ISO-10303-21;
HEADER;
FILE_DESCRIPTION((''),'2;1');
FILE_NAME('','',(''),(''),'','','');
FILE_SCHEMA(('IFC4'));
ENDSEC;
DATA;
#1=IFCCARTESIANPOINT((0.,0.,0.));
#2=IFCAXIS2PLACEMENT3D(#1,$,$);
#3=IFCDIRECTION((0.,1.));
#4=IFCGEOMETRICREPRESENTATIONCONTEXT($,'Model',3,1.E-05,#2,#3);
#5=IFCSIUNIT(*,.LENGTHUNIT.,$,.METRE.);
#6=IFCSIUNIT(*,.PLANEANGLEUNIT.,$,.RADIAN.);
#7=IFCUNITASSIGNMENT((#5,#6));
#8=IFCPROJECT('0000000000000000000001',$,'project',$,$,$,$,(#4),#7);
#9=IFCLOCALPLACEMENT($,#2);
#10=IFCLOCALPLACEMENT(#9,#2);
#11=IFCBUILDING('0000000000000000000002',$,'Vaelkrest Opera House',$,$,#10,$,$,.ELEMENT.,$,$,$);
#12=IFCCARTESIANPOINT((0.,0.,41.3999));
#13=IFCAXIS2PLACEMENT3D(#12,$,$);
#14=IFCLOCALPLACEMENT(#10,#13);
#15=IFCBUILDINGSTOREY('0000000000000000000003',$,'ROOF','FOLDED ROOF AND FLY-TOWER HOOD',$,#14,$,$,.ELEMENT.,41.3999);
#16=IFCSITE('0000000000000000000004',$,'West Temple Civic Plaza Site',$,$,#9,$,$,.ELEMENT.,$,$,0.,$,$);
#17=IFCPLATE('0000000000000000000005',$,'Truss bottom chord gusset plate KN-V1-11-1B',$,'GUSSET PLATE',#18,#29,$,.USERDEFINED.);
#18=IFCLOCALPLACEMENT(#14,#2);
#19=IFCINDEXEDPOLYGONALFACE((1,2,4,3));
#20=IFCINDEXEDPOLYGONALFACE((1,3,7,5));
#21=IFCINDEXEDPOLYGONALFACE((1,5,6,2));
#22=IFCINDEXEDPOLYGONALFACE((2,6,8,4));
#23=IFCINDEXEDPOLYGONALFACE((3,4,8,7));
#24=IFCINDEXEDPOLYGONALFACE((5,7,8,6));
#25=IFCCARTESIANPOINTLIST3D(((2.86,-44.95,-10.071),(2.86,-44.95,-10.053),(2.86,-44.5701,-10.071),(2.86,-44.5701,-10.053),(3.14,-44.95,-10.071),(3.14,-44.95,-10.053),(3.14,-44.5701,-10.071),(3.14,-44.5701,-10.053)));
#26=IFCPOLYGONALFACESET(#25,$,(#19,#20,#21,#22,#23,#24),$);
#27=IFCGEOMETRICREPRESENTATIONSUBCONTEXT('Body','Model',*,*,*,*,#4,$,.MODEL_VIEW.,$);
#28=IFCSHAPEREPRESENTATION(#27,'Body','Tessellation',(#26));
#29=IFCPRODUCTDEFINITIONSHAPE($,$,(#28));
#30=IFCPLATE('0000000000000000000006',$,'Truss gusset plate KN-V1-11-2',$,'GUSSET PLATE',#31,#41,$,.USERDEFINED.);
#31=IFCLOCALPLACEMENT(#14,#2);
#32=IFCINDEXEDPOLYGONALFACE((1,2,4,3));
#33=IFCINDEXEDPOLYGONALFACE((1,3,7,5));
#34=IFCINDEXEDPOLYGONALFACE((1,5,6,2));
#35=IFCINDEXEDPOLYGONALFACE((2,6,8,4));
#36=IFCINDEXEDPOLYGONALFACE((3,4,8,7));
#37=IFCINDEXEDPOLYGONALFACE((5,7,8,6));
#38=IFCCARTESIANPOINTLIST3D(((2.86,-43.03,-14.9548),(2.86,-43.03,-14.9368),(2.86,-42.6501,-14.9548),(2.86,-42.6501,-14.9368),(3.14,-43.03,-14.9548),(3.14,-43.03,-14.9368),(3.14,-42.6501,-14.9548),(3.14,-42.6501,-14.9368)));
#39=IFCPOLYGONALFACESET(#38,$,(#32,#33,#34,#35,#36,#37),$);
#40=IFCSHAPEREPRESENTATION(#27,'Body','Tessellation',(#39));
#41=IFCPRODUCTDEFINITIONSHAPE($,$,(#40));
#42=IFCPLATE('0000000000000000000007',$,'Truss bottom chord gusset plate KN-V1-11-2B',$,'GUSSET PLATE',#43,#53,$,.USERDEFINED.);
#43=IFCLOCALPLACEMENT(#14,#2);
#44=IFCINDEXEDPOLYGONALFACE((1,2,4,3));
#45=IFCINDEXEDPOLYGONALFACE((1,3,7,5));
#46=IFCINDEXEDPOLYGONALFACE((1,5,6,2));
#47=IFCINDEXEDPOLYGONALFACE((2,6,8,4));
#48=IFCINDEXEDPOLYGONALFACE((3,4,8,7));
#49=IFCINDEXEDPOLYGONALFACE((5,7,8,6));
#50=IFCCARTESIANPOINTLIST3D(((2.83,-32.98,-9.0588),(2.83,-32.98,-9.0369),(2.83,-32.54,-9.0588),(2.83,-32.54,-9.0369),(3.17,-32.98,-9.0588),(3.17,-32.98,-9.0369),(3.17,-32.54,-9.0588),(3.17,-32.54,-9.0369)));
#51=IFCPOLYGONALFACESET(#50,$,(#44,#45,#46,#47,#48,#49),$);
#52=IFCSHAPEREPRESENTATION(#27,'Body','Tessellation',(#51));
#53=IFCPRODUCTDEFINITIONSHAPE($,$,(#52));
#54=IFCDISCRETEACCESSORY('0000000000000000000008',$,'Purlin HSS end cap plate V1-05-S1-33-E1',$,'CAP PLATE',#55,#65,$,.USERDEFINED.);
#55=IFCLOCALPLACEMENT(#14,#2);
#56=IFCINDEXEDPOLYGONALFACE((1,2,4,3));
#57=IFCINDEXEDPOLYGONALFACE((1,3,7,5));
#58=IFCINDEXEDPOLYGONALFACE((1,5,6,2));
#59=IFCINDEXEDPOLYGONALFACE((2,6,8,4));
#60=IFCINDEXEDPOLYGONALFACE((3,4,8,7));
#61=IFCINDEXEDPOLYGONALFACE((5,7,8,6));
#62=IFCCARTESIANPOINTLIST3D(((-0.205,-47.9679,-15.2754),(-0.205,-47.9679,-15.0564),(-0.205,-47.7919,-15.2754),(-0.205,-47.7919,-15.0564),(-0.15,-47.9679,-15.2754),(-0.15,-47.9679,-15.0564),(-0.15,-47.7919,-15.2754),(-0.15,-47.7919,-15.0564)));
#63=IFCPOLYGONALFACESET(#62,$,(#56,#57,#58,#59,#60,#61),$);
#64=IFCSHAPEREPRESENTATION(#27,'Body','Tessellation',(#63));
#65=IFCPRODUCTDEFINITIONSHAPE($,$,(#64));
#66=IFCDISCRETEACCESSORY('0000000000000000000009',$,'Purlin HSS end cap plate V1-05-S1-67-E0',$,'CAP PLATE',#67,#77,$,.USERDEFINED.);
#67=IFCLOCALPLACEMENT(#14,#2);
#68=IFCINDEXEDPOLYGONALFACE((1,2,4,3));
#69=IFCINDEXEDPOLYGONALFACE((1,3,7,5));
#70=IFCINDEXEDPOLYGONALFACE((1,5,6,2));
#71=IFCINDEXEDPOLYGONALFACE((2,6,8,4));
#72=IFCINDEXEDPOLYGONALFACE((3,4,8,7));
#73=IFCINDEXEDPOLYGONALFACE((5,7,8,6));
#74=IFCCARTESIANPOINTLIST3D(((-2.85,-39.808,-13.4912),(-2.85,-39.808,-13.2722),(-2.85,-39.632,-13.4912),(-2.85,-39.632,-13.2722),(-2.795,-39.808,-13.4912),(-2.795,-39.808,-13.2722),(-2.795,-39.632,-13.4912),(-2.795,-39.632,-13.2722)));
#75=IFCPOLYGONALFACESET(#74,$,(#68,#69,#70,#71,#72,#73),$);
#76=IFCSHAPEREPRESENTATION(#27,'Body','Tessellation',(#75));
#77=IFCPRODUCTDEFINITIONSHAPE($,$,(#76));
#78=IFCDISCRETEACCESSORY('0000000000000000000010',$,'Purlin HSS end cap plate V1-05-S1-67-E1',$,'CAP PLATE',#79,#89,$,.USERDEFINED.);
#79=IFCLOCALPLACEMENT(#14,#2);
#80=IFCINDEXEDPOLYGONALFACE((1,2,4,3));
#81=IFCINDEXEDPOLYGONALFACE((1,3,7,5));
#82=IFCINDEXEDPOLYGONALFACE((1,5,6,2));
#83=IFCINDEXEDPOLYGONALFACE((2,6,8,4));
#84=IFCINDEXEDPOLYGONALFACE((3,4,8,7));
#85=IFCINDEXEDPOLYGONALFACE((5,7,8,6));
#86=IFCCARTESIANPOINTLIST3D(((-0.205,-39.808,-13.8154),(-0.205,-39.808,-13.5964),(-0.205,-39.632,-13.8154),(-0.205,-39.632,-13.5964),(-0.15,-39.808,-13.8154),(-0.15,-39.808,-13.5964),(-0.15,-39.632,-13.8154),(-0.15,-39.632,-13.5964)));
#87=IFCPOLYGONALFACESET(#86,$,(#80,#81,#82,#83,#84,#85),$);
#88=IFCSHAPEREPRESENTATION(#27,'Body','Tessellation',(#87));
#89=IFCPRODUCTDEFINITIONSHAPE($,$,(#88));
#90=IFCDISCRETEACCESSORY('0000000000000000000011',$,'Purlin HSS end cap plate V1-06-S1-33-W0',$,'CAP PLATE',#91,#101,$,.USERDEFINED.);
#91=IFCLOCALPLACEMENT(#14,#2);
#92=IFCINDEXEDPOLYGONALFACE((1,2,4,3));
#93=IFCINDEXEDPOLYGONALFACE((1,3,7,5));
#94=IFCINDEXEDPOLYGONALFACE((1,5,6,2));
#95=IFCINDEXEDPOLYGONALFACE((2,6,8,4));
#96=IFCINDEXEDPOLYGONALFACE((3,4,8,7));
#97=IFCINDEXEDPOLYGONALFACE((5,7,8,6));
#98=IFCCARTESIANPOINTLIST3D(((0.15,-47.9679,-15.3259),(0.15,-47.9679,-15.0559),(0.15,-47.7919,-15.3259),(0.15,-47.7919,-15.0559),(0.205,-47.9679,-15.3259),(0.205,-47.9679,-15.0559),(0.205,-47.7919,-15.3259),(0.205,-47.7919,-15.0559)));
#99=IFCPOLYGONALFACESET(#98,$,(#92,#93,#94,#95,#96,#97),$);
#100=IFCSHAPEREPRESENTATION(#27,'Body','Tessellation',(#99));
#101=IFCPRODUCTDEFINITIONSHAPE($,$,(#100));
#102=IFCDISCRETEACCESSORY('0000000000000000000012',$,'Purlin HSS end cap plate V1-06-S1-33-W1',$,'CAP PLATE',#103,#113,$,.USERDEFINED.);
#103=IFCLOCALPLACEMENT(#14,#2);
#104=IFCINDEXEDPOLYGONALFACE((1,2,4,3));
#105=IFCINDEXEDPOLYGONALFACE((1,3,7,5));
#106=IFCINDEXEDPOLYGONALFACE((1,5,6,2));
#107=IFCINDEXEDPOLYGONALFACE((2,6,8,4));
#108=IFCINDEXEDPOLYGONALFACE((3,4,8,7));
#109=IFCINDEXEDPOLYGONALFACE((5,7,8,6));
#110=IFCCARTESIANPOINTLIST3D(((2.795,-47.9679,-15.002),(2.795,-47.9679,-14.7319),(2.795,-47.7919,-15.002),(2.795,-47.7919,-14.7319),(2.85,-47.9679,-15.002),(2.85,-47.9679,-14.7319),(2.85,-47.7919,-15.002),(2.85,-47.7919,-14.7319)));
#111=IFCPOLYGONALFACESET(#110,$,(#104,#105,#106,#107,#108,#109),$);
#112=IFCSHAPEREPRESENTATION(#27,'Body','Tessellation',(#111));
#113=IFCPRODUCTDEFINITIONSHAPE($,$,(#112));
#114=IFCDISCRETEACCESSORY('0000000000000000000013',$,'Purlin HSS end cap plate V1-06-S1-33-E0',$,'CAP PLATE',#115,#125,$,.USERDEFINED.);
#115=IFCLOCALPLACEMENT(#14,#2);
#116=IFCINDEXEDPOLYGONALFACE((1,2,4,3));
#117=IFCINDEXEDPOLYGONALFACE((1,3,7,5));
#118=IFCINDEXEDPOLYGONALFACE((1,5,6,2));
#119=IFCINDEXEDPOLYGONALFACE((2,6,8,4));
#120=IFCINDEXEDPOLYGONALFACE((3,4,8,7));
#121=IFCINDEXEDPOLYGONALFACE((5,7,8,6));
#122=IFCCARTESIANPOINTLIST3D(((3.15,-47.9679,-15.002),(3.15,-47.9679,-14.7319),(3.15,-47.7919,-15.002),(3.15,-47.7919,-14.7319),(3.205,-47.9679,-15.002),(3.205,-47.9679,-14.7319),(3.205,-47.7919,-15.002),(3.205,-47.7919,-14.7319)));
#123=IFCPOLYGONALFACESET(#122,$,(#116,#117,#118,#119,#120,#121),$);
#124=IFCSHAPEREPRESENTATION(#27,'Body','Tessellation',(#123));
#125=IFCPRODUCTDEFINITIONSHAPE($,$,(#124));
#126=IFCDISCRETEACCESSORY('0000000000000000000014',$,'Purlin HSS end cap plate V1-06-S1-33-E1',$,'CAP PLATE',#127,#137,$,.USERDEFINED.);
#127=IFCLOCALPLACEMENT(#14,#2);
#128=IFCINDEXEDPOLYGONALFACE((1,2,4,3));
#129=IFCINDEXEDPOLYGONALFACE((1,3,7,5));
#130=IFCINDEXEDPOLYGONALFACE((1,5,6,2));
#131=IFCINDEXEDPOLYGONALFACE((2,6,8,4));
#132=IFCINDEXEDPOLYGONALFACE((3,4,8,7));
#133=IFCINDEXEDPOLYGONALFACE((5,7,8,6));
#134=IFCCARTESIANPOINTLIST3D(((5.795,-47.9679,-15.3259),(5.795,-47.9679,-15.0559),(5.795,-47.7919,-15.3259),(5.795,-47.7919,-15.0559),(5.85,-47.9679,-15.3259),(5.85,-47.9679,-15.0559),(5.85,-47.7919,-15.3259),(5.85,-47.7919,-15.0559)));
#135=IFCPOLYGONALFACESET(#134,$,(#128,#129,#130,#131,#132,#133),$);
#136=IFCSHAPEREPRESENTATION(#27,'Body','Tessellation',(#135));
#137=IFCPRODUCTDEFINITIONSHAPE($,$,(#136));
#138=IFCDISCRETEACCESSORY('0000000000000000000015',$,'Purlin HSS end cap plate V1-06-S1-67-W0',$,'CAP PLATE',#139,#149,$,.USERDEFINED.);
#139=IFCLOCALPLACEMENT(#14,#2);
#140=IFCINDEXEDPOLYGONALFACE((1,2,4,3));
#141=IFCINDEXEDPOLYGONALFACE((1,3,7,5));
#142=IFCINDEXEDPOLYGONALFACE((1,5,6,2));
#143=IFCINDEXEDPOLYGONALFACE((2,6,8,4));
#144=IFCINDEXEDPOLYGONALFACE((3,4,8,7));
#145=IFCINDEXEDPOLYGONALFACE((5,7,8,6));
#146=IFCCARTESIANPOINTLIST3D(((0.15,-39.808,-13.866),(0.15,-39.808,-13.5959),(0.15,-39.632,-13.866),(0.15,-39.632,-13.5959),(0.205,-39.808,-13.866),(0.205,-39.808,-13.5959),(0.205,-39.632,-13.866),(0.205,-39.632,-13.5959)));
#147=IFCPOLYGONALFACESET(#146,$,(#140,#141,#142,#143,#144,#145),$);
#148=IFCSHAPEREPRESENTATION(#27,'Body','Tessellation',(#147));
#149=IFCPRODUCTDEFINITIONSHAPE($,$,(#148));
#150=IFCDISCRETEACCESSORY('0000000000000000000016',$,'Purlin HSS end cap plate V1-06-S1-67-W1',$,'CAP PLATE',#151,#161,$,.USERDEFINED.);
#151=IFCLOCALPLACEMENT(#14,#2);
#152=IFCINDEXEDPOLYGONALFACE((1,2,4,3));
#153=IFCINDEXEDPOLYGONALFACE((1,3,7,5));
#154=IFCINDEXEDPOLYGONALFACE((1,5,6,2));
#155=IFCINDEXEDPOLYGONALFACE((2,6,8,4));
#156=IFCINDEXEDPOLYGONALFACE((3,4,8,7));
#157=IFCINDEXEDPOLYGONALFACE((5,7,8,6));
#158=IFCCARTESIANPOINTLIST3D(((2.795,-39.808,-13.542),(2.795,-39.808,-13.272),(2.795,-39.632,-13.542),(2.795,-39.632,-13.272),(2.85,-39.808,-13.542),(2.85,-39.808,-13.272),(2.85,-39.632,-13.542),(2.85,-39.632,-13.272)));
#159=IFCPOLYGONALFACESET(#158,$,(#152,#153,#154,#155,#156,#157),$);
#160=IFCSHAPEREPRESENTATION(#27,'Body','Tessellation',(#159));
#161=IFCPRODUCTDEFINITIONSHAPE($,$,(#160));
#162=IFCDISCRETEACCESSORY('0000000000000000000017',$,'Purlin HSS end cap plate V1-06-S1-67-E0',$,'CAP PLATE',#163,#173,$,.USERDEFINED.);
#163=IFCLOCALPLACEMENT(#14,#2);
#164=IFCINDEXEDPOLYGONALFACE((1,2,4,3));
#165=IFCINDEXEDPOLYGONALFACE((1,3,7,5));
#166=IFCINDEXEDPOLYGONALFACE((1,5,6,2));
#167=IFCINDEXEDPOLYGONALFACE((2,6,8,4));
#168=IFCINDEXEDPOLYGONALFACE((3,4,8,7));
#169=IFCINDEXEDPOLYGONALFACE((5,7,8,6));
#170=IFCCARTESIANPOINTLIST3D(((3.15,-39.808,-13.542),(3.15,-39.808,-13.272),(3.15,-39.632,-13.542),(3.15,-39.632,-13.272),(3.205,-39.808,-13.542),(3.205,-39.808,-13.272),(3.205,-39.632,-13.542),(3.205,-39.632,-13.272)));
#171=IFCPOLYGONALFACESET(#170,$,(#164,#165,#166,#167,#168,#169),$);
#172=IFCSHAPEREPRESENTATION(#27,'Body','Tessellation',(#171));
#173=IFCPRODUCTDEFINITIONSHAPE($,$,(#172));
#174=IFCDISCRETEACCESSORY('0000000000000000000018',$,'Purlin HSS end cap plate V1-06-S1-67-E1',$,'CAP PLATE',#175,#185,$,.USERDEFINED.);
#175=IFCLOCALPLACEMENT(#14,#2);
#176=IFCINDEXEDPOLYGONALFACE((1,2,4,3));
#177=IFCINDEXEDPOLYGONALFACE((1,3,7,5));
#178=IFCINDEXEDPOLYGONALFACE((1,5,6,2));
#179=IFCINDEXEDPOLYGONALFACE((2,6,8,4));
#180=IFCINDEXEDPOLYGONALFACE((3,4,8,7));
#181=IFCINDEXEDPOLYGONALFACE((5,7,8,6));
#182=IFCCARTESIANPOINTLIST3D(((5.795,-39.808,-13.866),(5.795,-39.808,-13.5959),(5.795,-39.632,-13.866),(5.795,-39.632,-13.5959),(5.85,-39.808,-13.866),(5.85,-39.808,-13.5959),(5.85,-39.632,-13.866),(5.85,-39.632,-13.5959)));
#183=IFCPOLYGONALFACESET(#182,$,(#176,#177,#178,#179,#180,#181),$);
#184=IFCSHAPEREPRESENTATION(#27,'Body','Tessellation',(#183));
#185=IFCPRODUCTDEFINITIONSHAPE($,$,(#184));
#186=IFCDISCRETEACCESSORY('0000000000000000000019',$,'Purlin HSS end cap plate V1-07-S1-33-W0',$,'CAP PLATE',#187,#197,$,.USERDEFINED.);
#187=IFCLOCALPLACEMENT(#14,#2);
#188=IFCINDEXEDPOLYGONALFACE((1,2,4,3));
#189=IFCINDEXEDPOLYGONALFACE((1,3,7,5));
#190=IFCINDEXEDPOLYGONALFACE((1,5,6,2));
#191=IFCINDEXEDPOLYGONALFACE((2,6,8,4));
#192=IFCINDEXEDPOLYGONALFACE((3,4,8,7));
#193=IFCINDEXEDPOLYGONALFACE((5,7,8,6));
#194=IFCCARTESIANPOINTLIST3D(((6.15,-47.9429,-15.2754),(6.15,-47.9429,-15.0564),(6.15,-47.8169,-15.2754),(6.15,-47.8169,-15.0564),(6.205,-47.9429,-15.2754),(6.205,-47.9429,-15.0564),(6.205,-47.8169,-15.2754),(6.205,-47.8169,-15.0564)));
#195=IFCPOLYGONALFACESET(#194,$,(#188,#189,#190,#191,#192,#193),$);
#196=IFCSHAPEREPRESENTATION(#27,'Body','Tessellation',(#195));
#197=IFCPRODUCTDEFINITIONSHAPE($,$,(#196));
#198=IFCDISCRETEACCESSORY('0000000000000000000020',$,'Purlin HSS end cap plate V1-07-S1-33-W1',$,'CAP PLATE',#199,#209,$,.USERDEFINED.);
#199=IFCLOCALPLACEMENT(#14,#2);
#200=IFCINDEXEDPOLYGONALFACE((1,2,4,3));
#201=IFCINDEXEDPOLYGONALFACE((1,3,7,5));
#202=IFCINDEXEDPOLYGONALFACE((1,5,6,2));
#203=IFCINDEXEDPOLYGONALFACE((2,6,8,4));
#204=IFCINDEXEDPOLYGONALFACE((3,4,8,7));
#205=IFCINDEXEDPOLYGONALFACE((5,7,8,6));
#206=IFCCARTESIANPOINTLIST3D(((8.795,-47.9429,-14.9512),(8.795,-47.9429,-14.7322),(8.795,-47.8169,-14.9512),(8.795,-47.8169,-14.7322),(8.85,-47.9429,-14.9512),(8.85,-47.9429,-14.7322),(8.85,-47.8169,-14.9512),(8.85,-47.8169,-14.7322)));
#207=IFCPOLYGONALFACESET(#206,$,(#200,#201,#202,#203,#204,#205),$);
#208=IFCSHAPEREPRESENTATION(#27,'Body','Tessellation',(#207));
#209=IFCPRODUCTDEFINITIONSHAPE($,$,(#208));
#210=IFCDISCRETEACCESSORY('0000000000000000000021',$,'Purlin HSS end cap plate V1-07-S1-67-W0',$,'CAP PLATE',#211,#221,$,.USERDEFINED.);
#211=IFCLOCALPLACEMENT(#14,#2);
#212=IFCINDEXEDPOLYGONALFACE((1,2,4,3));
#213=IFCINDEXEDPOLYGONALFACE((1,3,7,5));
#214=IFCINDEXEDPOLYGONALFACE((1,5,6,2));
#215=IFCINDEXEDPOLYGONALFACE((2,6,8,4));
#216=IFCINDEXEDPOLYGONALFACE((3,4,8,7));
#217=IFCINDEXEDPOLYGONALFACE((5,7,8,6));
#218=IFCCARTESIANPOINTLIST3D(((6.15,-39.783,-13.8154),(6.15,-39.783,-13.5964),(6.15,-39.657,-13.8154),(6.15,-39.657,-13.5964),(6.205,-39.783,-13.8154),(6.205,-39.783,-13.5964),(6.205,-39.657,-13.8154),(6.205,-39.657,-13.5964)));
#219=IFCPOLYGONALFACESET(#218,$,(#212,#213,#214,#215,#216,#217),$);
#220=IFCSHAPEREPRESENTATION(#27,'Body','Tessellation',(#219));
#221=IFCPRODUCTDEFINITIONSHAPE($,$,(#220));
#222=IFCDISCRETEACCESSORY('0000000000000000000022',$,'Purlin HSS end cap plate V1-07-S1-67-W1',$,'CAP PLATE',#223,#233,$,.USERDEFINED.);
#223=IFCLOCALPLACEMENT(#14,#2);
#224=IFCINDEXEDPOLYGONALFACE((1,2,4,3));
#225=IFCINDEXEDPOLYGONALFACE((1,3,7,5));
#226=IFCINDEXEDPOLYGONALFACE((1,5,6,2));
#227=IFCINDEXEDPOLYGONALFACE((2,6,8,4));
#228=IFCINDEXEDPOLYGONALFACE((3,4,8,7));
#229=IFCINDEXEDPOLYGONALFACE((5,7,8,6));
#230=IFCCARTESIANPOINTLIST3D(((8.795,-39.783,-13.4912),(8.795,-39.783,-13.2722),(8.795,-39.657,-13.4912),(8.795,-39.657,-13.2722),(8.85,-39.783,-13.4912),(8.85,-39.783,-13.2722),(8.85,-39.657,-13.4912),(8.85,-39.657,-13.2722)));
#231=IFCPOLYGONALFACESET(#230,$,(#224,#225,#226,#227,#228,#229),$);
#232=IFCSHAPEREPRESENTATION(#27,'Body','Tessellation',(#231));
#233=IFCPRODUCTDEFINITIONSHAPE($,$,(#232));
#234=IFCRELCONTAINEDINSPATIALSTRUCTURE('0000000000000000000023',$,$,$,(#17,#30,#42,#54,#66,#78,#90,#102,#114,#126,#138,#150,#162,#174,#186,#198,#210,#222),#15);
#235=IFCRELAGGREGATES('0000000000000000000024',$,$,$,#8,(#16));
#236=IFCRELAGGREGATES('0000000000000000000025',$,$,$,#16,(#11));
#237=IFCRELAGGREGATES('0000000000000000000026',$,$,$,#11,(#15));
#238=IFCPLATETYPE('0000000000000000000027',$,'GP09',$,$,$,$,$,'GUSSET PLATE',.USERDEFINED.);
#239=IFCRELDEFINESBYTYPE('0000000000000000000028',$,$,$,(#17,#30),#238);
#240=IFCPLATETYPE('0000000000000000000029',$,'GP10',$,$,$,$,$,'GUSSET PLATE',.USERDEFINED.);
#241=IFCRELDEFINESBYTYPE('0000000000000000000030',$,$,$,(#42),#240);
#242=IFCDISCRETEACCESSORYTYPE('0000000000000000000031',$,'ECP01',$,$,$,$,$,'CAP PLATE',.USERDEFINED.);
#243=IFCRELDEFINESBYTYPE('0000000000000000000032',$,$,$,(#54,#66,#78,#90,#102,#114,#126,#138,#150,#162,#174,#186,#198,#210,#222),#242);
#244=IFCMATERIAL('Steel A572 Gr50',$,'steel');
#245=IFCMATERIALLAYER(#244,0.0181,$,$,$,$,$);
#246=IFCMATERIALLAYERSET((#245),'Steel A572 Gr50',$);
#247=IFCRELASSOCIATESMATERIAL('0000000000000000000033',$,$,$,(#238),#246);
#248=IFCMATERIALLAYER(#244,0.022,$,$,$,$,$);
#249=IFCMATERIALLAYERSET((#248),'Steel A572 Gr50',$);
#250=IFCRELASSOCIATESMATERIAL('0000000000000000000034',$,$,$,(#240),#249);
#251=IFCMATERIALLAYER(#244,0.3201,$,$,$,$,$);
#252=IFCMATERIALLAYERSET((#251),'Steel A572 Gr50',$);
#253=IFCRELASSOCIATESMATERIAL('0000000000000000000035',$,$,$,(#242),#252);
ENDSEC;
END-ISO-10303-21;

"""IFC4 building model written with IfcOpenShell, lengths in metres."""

from ifc_helpers import new_model, si_unit, direction, frame, origin, origin_2d, place, context, subcontext, project, spatial, rectangle, extrude, material, layer, layer_set, type_object, element, save


model = new_model("IFC4")

# Units and contexts
model_context = context("Model", 3, precision=1e-05, world=origin(), true_north=direction((0.0, 1.0)))
body_context = subcontext(model_context, "Body", "Model", "MODEL_VIEW")
ifc_project = project(units=[si_unit("LENGTHUNIT", "METRE"), si_unit("PLANEANGLEUNIT", "RADIAN")], contexts=[model_context])

# Site, building, storey
site_placement = place(None, origin())
site = spatial("IfcSite", under=ifc_project, at=site_placement, Name="West Temple Civic Plaza Site", CompositionType="ELEMENT", RefElevation=0.0)
building_placement = place(site_placement, origin())
building = spatial("IfcBuilding", under=site, at=building_placement, Name="Vaelkrest Opera House", CompositionType="ELEMENT")
storey_placement = place(building_placement, frame((0.0, 0.0, 41.3999)))
storey = spatial("IfcBuildingStorey", under=building, at=storey_placement, Name="ROOF", Description="FOLDED ROOF AND FLY-TOWER HOOD", CompositionType="ELEMENT", Elevation=41.3999)

# Plates
ifc_material_1 = material(Name="Steel A572 Gr50", Category="steel")
ifc_layer_1 = layer(ifc_material_1, 0.0181)
ifc_layer_set_1 = layer_set([ifc_layer_1], Name="Steel A572 Gr50")
plate_type_1 = type_object("IfcPlateType", Name="GP09", ElementType="GUSSET PLATE", PredefinedType="USERDEFINED", material=ifc_layer_set_1)
for number, where, z_axis, x_axis, name in (
    (1, (3.0, -44.76, -10.071), (0.0, 0.0, 1.0), (0.0, 1.0, 0.0), "Truss bottom chord gusset plate KN-V1-11-1B"),
    (2, (3.0, -42.8401, -14.9548), (0.0, 0.0, 1.0), (0.0, 1.0, 0.0), "Truss gusset plate KN-V1-11-2"),
):
    element("IfcPlate", number, at=place(storey_placement, frame(where, z_axis=z_axis, x_axis=x_axis)), inside=storey, type_object=plate_type_1, Name=name, ObjectType="GUSSET PLATE", PredefinedType="USERDEFINED", context=body_context, shape_type="SweptSolid", body=[
        extrude(rectangle(XDim=0.3799, YDim=0.28, at=origin_2d()), origin(), (0.0, 0.0, 1.0), 0.0181),
    ])
ifc_layer_2 = layer(ifc_material_1, 0.022)
ifc_layer_set_2 = layer_set([ifc_layer_2], Name="Steel A572 Gr50")
plate_type_2 = type_object("IfcPlateType", Name="GP10", ElementType="GUSSET PLATE", PredefinedType="USERDEFINED", material=ifc_layer_set_2)
plate_placement = place(storey_placement, frame((3.0, -32.76, -9.0588), z_axis=(0.0, 0.0, 1.0), x_axis=(0.0, 1.0, 0.0)))
element("IfcPlate", 3, at=plate_placement, inside=storey, type_object=plate_type_2, Name="Truss bottom chord gusset plate KN-V1-11-2B", ObjectType="GUSSET PLATE", PredefinedType="USERDEFINED", context=body_context, shape_type="SweptSolid", body=[
    extrude(rectangle(XDim=0.4399, YDim=0.3401, at=origin_2d()), origin(), (0.0, 0.0, 1.0), 0.022),
])

# Discrete accessories
ifc_layer_3 = layer(ifc_material_1, 0.3201)
ifc_layer_set_3 = layer_set([ifc_layer_3], Name="Steel A572 Gr50")
discrete_accessory_type = type_object("IfcDiscreteAccessoryType", Name="ECP01", ElementType="CAP PLATE", PredefinedType="USERDEFINED", material=ifc_layer_set_3)
for number, where, z_axis, x_axis, name in (
    (4, (-0.1775, -47.8799, -15.2754), (0.0, 0.0, 1.0), (1.0, 0.0, 0.0), "Purlin HSS end cap plate V1-05-S1-33-E1"),
    (5, (-2.8225, -39.72, -13.4912), (0.0, 0.0, 1.0), (1.0, 0.0, 0.0), "Purlin HSS end cap plate V1-05-S1-67-E0"),
    (6, (-0.1775, -39.72, -13.8154), (0.0, 0.0, 1.0), (1.0, 0.0, 0.0), "Purlin HSS end cap plate V1-05-S1-67-E1"),
):
    element("IfcDiscreteAccessory", number, at=place(storey_placement, frame(where, z_axis=z_axis, x_axis=x_axis)), inside=storey, type_object=discrete_accessory_type, Name=name, ObjectType="CAP PLATE", PredefinedType="USERDEFINED", context=body_context, shape_type="SweptSolid", body=[
        extrude(rectangle(XDim=0.0549, YDim=0.176, at=origin_2d()), origin(), (0.0, 0.0, 1.0), 0.219),
    ])
for number, where, z_axis, x_axis, name in (
    (7, (0.1775, -47.8799, -15.3259), (0.0, 0.0, 1.0), (1.0, 0.0, 0.0), "Purlin HSS end cap plate V1-06-S1-33-W0"),
    (8, (2.8225, -47.8799, -15.002), (0.0, 0.0, 1.0), (1.0, 0.0, 0.0), "Purlin HSS end cap plate V1-06-S1-33-W1"),
    (9, (3.1775, -47.8799, -15.002), (0.0, 0.0, 1.0), (1.0, 0.0, 0.0), "Purlin HSS end cap plate V1-06-S1-33-E0"),
    (10, (5.8225, -47.8799, -15.3259), (0.0, 0.0, 1.0), (1.0, 0.0, 0.0), "Purlin HSS end cap plate V1-06-S1-33-E1"),
    (11, (0.1775, -39.72, -13.866), (0.0, 0.0, 1.0), (1.0, 0.0, 0.0), "Purlin HSS end cap plate V1-06-S1-67-W0"),
    (12, (2.8225, -39.72, -13.542), (0.0, 0.0, 1.0), (1.0, 0.0, 0.0), "Purlin HSS end cap plate V1-06-S1-67-W1"),
    (13, (3.1775, -39.72, -13.542), (0.0, 0.0, 1.0), (1.0, 0.0, 0.0), "Purlin HSS end cap plate V1-06-S1-67-E0"),
    (14, (5.8225, -39.72, -13.866), (0.0, 0.0, 1.0), (1.0, 0.0, 0.0), "Purlin HSS end cap plate V1-06-S1-67-E1"),
):
    element("IfcDiscreteAccessory", number, at=place(storey_placement, frame(where, z_axis=z_axis, x_axis=x_axis)), inside=storey, type_object=discrete_accessory_type, Name=name, ObjectType="CAP PLATE", PredefinedType="USERDEFINED", context=body_context, shape_type="SweptSolid", body=[
        extrude(rectangle(XDim=0.0549, YDim=0.176, at=origin_2d()), origin(), (0.0, 0.0, 1.0), 0.27),
    ])
for number, where, z_axis, x_axis, name in (
    (15, (6.1775, -47.8799, -15.2754), (0.0, 0.0, 1.0), (1.0, 0.0, 0.0), "Purlin HSS end cap plate V1-07-S1-33-W0"),
    (16, (8.8225, -47.8799, -14.9512), (0.0, 0.0, 1.0), (1.0, 0.0, 0.0), "Purlin HSS end cap plate V1-07-S1-33-W1"),
    (17, (6.1775, -39.72, -13.8154), (0.0, 0.0, 1.0), (1.0, 0.0, 0.0), "Purlin HSS end cap plate V1-07-S1-67-W0"),
    (18, (8.8225, -39.72, -13.4912), (0.0, 0.0, 1.0), (1.0, 0.0, 0.0), "Purlin HSS end cap plate V1-07-S1-67-W1"),
):
    element("IfcDiscreteAccessory", number, at=place(storey_placement, frame(where, z_axis=z_axis, x_axis=x_axis)), inside=storey, type_object=discrete_accessory_type, Name=name, ObjectType="CAP PLATE", PredefinedType="USERDEFINED", context=body_context, shape_type="SweptSolid", body=[
        extrude(rectangle(XDim=0.0549, YDim=0.126, at=origin_2d()), origin(), (0.0, 0.0, 1.0), 0.219),
    ])

save(model, "model.ifc")
